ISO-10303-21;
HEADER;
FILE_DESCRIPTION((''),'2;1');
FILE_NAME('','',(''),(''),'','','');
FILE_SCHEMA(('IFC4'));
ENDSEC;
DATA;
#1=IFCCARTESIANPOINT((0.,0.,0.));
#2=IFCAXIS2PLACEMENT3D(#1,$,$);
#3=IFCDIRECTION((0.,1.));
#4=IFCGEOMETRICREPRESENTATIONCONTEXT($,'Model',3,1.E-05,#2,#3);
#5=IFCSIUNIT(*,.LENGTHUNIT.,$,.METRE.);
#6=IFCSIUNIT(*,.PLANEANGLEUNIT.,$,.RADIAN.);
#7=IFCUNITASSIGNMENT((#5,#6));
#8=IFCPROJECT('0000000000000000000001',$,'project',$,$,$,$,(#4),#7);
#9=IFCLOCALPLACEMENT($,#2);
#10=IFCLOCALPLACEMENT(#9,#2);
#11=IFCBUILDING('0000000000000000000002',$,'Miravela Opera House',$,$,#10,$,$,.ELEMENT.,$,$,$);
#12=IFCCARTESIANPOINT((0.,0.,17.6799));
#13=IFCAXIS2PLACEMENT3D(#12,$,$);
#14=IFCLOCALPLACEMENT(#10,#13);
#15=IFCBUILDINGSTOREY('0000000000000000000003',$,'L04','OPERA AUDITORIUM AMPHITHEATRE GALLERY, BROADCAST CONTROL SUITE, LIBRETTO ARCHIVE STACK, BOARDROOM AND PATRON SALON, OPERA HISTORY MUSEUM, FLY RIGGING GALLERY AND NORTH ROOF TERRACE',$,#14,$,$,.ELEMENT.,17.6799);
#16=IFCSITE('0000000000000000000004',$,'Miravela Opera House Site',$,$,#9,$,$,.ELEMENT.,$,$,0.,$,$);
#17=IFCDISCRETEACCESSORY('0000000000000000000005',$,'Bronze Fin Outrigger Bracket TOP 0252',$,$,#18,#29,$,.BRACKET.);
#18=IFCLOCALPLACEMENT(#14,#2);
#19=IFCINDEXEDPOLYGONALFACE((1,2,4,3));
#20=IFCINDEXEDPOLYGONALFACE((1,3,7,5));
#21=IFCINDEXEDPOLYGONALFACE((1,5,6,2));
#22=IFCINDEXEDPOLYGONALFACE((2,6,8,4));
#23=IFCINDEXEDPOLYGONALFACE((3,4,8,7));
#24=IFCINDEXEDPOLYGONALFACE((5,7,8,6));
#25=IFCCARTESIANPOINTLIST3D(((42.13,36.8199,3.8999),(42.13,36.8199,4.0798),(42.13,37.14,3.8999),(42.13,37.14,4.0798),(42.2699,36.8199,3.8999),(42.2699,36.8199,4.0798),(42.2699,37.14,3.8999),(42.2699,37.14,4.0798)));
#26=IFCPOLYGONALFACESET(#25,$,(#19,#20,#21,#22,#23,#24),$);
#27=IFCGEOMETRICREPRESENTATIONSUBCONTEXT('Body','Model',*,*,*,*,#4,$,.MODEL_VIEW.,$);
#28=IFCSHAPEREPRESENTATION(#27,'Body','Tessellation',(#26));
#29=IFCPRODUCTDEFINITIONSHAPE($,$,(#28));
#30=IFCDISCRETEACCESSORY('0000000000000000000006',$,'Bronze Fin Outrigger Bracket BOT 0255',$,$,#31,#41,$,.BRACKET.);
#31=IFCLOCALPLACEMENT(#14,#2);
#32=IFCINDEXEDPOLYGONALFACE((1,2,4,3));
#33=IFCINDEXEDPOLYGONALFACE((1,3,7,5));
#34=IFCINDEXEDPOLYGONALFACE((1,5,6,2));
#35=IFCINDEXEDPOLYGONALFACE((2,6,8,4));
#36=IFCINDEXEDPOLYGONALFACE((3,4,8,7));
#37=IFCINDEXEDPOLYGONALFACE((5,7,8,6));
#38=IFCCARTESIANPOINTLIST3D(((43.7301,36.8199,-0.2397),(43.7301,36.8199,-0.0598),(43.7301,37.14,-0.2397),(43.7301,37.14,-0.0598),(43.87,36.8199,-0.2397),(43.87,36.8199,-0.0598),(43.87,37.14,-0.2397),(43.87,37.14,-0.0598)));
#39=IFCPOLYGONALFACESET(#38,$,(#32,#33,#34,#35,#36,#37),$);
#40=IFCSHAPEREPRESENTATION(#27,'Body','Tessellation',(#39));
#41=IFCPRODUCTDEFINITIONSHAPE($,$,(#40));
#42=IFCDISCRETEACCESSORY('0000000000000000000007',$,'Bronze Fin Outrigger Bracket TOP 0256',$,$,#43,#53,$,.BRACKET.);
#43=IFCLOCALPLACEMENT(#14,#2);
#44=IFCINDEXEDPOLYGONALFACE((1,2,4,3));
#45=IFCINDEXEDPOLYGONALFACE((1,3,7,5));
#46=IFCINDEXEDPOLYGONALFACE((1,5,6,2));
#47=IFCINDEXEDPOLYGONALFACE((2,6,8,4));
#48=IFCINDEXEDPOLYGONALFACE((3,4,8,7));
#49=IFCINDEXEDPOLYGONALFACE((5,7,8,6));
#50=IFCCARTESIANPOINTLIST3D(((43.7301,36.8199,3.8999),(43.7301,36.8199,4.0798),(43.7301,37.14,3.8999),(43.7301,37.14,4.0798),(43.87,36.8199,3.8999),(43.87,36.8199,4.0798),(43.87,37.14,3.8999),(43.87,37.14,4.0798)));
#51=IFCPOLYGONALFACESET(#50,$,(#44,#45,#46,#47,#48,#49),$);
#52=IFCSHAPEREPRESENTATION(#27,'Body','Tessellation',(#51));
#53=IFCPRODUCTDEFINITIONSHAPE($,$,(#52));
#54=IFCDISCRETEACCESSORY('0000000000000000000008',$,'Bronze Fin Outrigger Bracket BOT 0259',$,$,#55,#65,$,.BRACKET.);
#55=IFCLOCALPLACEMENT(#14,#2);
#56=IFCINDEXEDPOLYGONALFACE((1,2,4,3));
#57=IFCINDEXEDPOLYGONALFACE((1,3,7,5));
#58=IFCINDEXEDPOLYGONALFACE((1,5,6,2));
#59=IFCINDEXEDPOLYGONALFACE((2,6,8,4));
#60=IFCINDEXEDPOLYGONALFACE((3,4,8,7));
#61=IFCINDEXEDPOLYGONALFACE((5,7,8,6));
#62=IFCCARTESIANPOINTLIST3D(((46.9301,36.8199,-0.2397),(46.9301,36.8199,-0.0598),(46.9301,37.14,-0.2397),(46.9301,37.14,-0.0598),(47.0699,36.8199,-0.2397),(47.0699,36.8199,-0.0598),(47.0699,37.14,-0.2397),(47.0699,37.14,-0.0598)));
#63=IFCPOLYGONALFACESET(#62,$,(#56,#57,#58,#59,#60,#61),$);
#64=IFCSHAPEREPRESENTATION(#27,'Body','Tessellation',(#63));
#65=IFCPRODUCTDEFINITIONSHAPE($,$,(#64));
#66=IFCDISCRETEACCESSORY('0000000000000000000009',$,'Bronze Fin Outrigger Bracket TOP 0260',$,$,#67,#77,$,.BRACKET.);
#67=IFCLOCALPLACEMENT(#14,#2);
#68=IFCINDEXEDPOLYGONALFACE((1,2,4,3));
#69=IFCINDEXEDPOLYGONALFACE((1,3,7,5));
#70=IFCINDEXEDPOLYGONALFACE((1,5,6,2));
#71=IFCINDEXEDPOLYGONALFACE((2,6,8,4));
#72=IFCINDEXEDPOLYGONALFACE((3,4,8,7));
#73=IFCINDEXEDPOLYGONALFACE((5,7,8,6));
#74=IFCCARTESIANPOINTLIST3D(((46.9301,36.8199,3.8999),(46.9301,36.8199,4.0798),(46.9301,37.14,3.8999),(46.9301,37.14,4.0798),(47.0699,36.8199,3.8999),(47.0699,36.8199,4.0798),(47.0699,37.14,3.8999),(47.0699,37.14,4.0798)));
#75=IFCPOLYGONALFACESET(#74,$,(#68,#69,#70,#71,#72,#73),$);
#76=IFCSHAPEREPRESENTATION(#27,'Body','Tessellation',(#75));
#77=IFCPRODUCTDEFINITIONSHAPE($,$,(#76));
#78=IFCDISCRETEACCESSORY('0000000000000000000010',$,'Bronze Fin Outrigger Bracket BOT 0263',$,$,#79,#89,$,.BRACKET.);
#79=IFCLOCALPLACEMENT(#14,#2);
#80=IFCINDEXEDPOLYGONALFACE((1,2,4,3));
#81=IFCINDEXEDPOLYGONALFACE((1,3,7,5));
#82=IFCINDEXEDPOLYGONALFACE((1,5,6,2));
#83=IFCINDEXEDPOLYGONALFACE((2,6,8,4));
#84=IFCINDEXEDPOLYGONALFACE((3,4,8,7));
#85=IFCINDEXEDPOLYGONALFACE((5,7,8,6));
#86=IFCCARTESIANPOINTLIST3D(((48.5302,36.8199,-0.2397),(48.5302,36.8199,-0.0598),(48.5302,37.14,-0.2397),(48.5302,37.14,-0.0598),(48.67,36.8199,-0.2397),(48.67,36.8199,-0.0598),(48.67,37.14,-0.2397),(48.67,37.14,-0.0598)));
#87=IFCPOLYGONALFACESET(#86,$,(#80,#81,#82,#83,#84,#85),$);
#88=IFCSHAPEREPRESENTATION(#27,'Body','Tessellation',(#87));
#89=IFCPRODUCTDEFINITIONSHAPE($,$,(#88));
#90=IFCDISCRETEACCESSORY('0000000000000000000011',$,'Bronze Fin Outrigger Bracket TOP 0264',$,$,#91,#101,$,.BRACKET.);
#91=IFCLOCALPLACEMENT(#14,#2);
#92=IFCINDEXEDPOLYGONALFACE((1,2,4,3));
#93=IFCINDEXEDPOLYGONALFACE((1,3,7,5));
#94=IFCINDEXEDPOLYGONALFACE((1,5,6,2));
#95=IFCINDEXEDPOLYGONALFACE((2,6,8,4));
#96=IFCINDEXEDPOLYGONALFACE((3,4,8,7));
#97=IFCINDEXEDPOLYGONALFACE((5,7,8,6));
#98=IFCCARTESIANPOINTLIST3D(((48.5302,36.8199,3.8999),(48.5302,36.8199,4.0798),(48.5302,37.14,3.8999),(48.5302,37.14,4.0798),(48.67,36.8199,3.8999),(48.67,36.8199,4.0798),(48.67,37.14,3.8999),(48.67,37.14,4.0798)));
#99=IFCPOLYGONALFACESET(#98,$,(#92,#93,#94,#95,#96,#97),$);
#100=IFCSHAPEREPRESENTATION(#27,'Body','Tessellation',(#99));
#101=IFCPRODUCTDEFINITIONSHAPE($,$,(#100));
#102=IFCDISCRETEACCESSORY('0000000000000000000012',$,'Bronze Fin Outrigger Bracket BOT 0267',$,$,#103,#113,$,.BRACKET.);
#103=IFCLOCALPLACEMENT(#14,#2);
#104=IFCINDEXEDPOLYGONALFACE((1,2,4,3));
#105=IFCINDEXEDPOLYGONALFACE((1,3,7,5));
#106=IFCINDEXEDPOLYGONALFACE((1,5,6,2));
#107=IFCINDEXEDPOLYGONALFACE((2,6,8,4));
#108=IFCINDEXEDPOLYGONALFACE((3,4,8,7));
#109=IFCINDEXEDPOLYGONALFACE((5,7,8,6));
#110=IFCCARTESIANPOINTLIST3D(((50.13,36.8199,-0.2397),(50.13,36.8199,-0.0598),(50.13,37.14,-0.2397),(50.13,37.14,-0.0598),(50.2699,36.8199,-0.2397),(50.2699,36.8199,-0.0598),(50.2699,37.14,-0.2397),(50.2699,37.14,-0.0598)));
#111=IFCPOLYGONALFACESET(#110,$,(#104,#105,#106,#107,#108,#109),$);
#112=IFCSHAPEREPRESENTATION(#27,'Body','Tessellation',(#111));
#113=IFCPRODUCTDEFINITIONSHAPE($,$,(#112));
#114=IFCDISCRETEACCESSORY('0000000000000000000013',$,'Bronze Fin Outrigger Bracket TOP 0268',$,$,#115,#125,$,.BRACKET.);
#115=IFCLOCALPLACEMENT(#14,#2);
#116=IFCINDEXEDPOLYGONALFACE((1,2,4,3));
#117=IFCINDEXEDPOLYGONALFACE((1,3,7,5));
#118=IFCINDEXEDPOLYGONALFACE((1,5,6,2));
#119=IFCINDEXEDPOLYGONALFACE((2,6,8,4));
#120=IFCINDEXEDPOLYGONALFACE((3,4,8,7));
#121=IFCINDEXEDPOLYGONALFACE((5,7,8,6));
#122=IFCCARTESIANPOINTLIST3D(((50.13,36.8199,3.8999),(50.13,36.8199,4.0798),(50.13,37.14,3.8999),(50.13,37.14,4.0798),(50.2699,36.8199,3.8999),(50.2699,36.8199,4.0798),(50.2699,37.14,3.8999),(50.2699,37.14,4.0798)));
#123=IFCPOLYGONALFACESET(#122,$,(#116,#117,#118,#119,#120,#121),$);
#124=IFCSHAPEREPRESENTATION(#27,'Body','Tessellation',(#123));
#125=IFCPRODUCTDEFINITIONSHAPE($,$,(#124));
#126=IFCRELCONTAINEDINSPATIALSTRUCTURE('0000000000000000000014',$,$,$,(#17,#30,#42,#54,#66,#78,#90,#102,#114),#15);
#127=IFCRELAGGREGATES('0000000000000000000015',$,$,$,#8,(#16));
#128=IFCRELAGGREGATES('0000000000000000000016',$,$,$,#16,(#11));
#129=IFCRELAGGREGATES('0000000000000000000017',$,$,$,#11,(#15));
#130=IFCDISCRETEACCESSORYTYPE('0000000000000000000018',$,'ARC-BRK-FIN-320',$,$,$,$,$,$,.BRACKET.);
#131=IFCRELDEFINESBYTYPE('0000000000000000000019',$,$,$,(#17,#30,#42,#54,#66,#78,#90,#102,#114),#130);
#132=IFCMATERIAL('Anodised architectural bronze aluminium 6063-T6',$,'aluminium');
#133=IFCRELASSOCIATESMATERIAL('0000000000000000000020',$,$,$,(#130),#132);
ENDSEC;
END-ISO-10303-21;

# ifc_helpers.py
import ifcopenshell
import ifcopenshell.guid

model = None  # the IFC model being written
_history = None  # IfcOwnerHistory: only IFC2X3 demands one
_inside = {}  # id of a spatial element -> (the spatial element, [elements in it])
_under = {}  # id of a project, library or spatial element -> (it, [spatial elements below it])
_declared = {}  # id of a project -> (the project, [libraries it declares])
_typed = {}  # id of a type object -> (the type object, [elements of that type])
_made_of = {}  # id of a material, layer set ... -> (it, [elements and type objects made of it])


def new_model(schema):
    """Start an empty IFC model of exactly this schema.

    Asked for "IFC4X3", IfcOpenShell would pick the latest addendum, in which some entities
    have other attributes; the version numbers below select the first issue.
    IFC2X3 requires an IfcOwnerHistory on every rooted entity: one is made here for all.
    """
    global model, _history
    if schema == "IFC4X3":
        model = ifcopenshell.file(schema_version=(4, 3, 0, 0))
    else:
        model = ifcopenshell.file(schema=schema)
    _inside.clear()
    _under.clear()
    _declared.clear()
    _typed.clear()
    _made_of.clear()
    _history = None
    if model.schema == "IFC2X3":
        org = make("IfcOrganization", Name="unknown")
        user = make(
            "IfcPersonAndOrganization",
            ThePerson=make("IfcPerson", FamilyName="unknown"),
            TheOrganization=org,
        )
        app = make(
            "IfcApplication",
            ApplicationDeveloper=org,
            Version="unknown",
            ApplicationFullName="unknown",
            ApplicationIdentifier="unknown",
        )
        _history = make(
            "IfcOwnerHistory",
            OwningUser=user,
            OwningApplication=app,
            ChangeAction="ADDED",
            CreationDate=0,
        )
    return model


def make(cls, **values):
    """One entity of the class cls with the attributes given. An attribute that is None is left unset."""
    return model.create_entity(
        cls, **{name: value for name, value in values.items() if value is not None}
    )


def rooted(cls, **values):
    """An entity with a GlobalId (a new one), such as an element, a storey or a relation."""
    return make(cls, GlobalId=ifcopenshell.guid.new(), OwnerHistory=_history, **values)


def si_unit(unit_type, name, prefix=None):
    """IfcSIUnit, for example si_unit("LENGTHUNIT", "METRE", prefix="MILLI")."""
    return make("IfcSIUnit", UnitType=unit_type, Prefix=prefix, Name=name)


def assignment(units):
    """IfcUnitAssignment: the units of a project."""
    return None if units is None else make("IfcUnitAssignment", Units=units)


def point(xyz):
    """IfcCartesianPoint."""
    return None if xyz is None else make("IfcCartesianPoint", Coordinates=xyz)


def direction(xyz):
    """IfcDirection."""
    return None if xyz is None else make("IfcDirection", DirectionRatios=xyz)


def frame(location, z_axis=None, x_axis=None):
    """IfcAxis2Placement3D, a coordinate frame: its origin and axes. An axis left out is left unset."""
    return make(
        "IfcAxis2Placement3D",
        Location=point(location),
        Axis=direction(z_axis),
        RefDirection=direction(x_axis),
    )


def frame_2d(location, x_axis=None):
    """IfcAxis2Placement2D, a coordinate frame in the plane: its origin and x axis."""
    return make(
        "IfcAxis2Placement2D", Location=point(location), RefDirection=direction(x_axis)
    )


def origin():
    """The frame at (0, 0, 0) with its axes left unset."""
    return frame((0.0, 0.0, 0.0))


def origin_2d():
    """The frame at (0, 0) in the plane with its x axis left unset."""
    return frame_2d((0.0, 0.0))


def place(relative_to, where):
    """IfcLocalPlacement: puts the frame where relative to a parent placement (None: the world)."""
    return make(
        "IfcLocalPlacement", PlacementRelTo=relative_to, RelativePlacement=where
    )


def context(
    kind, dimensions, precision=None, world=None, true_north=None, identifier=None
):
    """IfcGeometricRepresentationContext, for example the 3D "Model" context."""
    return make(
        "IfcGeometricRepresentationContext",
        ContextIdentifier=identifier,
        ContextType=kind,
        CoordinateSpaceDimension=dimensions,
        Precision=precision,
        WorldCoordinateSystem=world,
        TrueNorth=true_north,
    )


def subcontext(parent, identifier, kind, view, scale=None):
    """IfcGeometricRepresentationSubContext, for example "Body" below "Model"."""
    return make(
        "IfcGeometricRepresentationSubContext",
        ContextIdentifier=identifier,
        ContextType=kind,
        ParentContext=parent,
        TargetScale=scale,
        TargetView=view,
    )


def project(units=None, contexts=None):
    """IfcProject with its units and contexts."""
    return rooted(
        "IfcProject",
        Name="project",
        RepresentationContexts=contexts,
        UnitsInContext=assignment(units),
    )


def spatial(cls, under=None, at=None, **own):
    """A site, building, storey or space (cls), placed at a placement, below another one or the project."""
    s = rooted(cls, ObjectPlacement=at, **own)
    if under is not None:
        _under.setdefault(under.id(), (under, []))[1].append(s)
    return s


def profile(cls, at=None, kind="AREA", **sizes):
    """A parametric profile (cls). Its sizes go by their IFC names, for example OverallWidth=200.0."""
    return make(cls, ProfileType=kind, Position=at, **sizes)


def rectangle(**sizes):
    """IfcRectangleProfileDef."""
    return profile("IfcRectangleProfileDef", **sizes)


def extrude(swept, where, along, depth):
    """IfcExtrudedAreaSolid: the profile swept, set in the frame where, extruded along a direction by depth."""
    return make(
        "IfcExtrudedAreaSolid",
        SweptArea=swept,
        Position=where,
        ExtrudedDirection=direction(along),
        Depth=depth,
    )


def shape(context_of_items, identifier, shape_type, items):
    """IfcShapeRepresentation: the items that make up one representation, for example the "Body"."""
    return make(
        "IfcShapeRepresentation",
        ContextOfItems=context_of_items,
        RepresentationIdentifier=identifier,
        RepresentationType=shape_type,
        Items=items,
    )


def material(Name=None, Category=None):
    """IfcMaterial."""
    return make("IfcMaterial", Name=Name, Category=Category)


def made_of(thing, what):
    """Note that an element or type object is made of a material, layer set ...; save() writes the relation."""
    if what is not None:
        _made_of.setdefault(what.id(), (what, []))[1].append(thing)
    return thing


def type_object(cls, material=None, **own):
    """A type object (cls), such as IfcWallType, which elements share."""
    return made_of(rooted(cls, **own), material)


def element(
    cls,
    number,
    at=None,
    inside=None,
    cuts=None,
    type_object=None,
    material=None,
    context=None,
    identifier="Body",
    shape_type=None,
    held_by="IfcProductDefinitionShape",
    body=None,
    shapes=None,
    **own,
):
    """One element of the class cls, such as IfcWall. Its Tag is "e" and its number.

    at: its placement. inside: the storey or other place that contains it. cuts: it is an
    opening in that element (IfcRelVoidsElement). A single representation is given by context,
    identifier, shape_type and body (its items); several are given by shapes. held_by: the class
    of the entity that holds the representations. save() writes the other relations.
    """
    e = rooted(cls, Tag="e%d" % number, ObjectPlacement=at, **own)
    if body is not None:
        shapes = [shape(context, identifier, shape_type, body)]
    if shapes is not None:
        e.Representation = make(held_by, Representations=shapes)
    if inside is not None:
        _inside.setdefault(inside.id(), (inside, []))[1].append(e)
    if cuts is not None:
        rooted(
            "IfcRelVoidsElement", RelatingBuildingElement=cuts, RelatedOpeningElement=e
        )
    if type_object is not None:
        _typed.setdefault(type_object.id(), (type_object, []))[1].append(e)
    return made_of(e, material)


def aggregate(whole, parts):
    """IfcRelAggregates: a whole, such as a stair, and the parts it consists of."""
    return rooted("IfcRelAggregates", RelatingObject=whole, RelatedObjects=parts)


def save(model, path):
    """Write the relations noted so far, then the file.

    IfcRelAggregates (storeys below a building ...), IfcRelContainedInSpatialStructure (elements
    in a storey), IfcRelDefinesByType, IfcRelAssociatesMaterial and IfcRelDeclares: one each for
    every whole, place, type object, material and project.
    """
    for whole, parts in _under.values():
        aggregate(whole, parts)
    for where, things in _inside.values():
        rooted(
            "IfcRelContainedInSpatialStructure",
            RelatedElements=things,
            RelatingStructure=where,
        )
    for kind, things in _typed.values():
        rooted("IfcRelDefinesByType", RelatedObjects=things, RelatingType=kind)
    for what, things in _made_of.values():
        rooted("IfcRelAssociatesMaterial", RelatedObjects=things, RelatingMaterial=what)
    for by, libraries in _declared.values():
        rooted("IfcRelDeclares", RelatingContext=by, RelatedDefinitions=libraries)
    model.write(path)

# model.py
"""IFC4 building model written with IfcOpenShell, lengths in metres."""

from ifc_helpers import new_model, si_unit, direction, frame, origin, origin_2d, place, context, subcontext, project, spatial, rectangle, extrude, material, type_object, element, save


model = new_model("IFC4")

# Units and contexts
model_context = context("Model", 3, precision=1e-05, world=origin(), true_north=direction((0.0, 1.0)))
body_context = subcontext(model_context, "Body", "Model", "MODEL_VIEW")
ifc_project = project(units=[si_unit("LENGTHUNIT", "METRE"), si_unit("PLANEANGLEUNIT", "RADIAN")], contexts=[model_context])

# Site, building, storey
site_placement = place(None, origin())
site = spatial("IfcSite", under=ifc_project, at=site_placement, Name="Miravela Opera House Site", CompositionType="ELEMENT", RefElevation=0.0)
building_placement = place(site_placement, origin())
building = spatial("IfcBuilding", under=site, at=building_placement, Name="Miravela Opera House", CompositionType="ELEMENT")
storey_placement = place(building_placement, frame((0.0, 0.0, 17.6799)))
storey = spatial("IfcBuildingStorey", under=building, at=storey_placement, Name="L04", Description="OPERA AUDITORIUM AMPHITHEATRE GALLERY, BROADCAST CONTROL SUITE, LIBRETTO ARCHIVE STACK, BOARDROOM AND PATRON SALON, OPERA HISTORY MUSEUM, FLY RIGGING GALLERY AND NORTH ROOF TERRACE", CompositionType="ELEMENT", Elevation=17.6799)

# Shared definitions
ifc_material_1 = material(Name="Anodised architectural bronze aluminium 6063-T6", Category="aluminium")

# Discrete accessories
discrete_accessory_type = type_object("IfcDiscreteAccessoryType", Name="ARC-BRK-FIN-320", PredefinedType="BRACKET", material=ifc_material_1)
for number, where, z_axis, x_axis, name in (
    (1, (42.2, 36.98, 3.8999), (0.0, 0.0, 1.0), (0.0, 1.0, 0.0), "Bronze Fin Outrigger Bracket TOP 0252"),
    (2, (43.8, 36.98, -0.2397), (0.0, 0.0, 1.0), (0.0, 1.0, 0.0), "Bronze Fin Outrigger Bracket BOT 0255"),
    (3, (43.8, 36.98, 3.8999), (0.0, 0.0, 1.0), (0.0, 1.0, 0.0), "Bronze Fin Outrigger Bracket TOP 0256"),
    (4, (47.0, 36.98, -0.2397), (0.0, 0.0, 1.0), (0.0, 1.0, 0.0), "Bronze Fin Outrigger Bracket BOT 0259"),
    (5, (47.0, 36.98, 3.8999), (0.0, 0.0, 1.0), (0.0, 1.0, 0.0), "Bronze Fin Outrigger Bracket TOP 0260"),
    (6, (48.6001, 36.98, -0.2397), (0.0, 0.0, 1.0), (0.0, 1.0, 0.0), "Bronze Fin Outrigger Bracket BOT 0263"),
    (7, (48.6001, 36.98, 3.8999), (0.0, 0.0, 1.0), (0.0, 1.0, 0.0), "Bronze Fin Outrigger Bracket TOP 0264"),
    (8, (50.2, 36.98, -0.2397), (0.0, 0.0, 1.0), (0.0, 1.0, 0.0), "Bronze Fin Outrigger Bracket BOT 0267"),
    (9, (50.2, 36.98, 3.8999), (0.0, 0.0, 1.0), (0.0, 1.0, 0.0), "Bronze Fin Outrigger Bracket TOP 0268"),
):
    element("IfcDiscreteAccessory", number, at=place(storey_placement, frame(where, z_axis=z_axis, x_axis=x_axis)), inside=storey, type_object=discrete_accessory_type, Name=name, PredefinedType="BRACKET", context=body_context, shape_type="SweptSolid", body=[
        extrude(rectangle(XDim=0.3201, YDim=0.1399, at=origin_2d()), origin(), (0.0, 0.0, 1.0), 0.1799),
    ])

save(model, "model.ifc")
